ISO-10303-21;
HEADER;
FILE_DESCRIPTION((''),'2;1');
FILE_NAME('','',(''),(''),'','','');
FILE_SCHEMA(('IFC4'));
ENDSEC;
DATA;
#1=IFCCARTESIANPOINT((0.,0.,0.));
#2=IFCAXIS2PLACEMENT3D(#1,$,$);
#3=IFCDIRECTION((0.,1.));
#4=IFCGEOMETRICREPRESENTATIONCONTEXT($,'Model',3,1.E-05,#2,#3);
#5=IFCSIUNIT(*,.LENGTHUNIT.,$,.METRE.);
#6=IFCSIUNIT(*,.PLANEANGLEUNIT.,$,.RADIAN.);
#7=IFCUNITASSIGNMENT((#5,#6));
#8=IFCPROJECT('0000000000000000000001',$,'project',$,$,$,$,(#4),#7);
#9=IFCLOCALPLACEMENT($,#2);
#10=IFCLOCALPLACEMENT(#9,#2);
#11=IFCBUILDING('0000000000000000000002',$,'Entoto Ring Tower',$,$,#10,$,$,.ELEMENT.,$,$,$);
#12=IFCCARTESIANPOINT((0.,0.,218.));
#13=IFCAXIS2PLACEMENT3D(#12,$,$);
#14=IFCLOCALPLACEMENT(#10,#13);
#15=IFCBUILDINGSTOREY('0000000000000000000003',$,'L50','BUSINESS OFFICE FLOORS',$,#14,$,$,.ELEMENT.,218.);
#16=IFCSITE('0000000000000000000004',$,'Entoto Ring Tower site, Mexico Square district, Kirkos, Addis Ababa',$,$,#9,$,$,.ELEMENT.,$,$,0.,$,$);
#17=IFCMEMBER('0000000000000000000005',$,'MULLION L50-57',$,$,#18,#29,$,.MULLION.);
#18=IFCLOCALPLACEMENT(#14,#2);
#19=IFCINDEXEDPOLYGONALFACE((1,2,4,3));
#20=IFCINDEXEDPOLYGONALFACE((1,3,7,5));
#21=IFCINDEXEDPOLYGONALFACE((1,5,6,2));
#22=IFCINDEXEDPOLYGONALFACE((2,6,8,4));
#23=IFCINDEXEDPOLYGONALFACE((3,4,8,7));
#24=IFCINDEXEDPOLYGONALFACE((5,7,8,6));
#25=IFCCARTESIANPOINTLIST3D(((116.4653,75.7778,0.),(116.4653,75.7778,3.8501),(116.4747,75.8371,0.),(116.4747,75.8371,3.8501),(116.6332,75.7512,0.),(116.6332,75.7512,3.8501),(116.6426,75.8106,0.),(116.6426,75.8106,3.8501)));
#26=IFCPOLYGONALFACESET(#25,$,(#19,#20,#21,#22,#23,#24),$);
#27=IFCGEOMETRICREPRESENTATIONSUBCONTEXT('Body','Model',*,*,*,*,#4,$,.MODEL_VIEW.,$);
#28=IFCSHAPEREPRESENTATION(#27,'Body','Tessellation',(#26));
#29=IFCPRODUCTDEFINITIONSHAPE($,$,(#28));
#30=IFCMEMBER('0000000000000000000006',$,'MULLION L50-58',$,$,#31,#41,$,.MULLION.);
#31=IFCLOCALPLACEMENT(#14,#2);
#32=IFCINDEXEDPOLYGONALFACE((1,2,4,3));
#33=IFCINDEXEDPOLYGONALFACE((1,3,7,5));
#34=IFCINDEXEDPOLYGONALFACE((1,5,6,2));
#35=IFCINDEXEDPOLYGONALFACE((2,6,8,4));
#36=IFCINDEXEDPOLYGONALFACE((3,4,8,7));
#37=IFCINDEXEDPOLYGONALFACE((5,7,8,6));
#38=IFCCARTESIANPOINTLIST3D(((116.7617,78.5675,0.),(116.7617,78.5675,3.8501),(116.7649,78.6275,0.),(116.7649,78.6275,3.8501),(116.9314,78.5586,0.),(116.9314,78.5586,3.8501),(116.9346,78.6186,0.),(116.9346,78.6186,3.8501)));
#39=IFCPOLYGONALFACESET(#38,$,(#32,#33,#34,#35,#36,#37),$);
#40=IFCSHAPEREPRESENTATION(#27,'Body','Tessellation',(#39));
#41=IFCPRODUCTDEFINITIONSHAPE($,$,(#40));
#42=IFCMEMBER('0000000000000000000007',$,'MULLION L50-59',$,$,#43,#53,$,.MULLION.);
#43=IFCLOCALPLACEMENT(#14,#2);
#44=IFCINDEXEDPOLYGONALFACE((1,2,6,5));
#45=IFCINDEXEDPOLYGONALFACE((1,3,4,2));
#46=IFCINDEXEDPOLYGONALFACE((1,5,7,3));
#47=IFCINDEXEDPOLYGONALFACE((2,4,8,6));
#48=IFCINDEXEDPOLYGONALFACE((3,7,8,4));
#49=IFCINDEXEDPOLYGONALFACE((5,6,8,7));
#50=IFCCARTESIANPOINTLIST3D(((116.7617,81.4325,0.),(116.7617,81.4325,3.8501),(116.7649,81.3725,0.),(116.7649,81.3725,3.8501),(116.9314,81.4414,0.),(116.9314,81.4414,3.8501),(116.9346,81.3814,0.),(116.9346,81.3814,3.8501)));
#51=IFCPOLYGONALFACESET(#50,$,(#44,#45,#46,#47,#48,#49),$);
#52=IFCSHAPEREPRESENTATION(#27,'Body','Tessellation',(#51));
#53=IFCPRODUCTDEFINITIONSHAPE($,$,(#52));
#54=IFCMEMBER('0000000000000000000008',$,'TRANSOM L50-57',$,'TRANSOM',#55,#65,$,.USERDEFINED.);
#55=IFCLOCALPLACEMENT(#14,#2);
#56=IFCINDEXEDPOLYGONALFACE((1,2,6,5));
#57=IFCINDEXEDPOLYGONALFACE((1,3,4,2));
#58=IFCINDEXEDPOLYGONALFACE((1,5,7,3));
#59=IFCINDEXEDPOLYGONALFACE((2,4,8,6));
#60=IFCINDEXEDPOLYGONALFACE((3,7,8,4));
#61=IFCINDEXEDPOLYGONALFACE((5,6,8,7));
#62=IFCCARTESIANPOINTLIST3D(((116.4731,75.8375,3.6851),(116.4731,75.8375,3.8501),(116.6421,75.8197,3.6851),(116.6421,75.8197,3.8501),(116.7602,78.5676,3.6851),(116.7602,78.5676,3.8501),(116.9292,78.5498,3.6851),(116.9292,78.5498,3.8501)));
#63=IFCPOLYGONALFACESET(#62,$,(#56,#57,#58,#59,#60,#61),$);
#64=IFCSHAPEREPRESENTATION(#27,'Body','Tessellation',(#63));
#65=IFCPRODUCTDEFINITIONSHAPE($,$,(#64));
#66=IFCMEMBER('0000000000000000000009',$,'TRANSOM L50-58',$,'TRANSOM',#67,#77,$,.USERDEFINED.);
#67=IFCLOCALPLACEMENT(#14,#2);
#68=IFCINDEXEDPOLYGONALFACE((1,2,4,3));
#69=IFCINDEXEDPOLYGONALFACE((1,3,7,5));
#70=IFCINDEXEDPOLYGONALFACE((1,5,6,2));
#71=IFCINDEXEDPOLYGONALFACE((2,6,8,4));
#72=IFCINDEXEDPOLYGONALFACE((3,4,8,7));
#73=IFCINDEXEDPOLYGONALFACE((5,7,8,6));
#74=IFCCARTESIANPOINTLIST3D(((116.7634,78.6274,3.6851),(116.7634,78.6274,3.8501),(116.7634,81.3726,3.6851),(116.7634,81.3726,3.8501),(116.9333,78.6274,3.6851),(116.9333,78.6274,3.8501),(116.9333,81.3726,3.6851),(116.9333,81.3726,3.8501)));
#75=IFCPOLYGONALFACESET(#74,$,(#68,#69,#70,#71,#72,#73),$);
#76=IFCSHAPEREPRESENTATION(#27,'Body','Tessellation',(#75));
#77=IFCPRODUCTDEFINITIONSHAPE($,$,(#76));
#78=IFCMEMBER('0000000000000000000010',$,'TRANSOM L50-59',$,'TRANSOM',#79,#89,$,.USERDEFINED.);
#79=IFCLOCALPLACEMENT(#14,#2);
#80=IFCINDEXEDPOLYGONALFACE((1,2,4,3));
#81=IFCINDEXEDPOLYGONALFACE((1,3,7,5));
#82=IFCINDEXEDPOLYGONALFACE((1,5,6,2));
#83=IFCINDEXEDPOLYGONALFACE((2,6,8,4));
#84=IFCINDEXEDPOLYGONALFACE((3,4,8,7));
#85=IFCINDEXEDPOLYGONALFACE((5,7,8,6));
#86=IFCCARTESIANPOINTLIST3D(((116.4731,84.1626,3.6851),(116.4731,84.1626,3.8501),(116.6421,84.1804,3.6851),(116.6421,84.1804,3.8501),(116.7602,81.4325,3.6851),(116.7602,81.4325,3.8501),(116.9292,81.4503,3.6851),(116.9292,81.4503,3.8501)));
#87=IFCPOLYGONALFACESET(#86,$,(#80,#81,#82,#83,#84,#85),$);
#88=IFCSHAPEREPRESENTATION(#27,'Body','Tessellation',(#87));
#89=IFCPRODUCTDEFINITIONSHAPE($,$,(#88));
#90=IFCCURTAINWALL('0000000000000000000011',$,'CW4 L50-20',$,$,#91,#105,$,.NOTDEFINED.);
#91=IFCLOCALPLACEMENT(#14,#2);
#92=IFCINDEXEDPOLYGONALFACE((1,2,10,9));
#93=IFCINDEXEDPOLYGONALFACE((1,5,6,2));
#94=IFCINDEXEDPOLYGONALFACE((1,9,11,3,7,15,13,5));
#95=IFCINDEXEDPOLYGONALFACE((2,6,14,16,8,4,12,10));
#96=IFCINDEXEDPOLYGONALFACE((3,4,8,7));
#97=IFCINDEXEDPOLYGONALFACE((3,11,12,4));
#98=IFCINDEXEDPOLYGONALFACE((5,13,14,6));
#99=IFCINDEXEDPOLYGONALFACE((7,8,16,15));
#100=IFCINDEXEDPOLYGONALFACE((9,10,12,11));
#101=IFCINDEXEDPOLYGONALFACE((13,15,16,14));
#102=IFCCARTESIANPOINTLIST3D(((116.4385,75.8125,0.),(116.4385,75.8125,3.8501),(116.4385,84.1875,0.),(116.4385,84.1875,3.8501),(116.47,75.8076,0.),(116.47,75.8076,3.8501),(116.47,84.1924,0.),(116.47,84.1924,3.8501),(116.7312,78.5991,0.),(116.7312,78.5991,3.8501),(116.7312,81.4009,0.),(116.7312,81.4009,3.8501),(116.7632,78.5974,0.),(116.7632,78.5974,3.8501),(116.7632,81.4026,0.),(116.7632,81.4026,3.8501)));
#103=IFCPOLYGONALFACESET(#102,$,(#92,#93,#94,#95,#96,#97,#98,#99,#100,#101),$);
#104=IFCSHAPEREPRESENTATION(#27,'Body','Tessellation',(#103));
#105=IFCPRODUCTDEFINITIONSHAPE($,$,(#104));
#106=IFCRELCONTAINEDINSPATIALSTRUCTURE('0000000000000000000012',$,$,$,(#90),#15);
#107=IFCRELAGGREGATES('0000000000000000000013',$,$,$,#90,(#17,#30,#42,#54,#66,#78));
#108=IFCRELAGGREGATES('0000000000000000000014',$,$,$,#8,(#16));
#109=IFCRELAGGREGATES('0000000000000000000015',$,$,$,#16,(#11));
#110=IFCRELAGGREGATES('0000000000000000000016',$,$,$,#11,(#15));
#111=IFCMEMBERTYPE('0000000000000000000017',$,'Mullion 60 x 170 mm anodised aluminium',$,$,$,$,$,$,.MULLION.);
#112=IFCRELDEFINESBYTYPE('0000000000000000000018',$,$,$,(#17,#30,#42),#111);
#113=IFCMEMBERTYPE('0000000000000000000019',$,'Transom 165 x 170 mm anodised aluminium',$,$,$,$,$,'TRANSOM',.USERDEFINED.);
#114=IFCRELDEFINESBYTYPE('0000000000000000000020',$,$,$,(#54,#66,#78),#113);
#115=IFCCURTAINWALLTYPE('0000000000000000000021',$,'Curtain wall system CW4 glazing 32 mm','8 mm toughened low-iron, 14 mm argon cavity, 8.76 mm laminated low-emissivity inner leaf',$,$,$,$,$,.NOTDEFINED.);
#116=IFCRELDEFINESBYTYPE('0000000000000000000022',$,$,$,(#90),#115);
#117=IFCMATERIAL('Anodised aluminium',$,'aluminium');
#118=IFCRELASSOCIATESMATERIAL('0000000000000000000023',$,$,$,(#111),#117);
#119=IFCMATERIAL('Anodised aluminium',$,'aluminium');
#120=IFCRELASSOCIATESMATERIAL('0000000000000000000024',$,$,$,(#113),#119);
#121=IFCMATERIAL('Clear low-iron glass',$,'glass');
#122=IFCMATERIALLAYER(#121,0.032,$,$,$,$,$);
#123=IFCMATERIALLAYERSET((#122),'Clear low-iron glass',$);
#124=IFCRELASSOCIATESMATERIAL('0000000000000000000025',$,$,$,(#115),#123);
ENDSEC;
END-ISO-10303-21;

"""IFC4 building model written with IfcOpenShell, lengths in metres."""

from ifc_helpers import new_model, si_unit, direction, frame, origin, origin_2d, place, context, subcontext, project, spatial, polyline, rectangle, outline, extrude, material, layer, layer_set, material_profile, profile_set, type_object, element, aggregate, save


model = new_model("IFC4")

# Units and contexts
model_context = context("Model", 3, precision=1e-05, world=origin(), true_north=direction((0.0, 1.0)))
body_context = subcontext(model_context, "Body", "Model", "MODEL_VIEW")
ifc_project = project(units=[si_unit("LENGTHUNIT", "METRE"), si_unit("PLANEANGLEUNIT", "RADIAN")], contexts=[model_context])

# Members
ifc_material_1 = material(Name="Anodised aluminium", Category="aluminium")
ifc_material_profile_1 = material_profile(ifc_material_1, rectangle(XDim=0.0601, YDim=0.1699, at=origin_2d()), Name="Mullion 60 x 170 mm anodised aluminium")
ifc_profile_set_1 = profile_set([ifc_material_profile_1], Name="Anodised aluminium")
member_type_1 = type_object("IfcMemberType", Name="Mullion 60 x 170 mm anodised aluminium", PredefinedType="MULLION", material=ifc_profile_set_1)
site_placement = place(None, origin())
building_placement = place(site_placement, origin())
storey_placement = place(building_placement, frame((0.0, 0.0, 218.0)))
member_1_placement = place(storey_placement, frame((116.554, 75.7942, 0.0), z_axis=(0.0, 0.0, 1.0), x_axis=(0.156434, 0.987688, 0.0)))
member_1 = element("IfcMember", 1, at=member_1_placement, type_object=member_type_1, Name="MULLION L50-57", PredefinedType="MULLION", context=body_context, shape_type="SweptSolid", body=[
    extrude(rectangle(XDim=0.0601, YDim=0.1699, at=origin_2d()), origin(), (0.0, 0.0, 1.0), 3.8501),
])
member_2_placement = place(storey_placement, frame((116.8481, 78.593, 0.0), z_axis=(0.0, 0.0, 1.0), x_axis=(0.052336, 0.99863, 0.0)))
member_2 = element("IfcMember", 2, at=member_2_placement, type_object=member_type_1, Name="MULLION L50-58", PredefinedType="MULLION", context=body_context, shape_type="SweptSolid", body=[
    extrude(rectangle(XDim=0.0601, YDim=0.1699, at=origin_2d()), origin(), (0.0, 0.0, 1.0), 3.8501),
])
member_3_placement = place(storey_placement, frame((116.8481, 81.407, 0.0), z_axis=(0.0, 0.0, 1.0), x_axis=(-0.052336, 0.99863, 0.0)))
member_3 = element("IfcMember", 3, at=member_3_placement, type_object=member_type_1, Name="MULLION L50-59", PredefinedType="MULLION", context=body_context, shape_type="SweptSolid", body=[
    extrude(rectangle(XDim=0.0601, YDim=0.1699, at=origin_2d()), origin(), (0.0, 0.0, 1.0), 3.8501),
])
ifc_material_2 = material(Name="Anodised aluminium", Category="aluminium")
ifc_material_profile_2 = material_profile(ifc_material_2, rectangle(XDim=0.1699, YDim=0.165, at=origin_2d()), Name="Transom 165 x 170 mm anodised aluminium")
ifc_profile_set_2 = profile_set([ifc_material_profile_2], Name="Anodised aluminium")
member_type_2 = type_object("IfcMemberType", Name="Transom 165 x 170 mm anodised aluminium", ElementType="TRANSOM", PredefinedType="USERDEFINED", material=ifc_profile_set_2)
member_4_placement = place(storey_placement, frame((116.5576, 75.8286, 3.7676), z_axis=(0.104592, 0.994515, 0.0), x_axis=(-0.994515, 0.104592, 0.0)))
member_4 = element("IfcMember", 4, at=member_4_placement, type_object=member_type_2, Name="TRANSOM L50-57", ObjectType="TRANSOM", PredefinedType="USERDEFINED", context=body_context, shape_type="SweptSolid", body=[
    extrude(rectangle(XDim=0.1699, YDim=0.165, at=origin_2d()), origin(), (0.0, 0.0, 1.0), 2.7451),
])
member_5_placement = place(storey_placement, frame((116.8484, 78.6274, 3.7676), z_axis=(0.0, 1.0, 0.0), x_axis=(-1.0, 0.0, 0.0)))
member_5 = element("IfcMember", 5, at=member_5_placement, type_object=member_type_2, Name="TRANSOM L50-58", ObjectType="TRANSOM", PredefinedType="USERDEFINED", context=body_context, shape_type="SweptSolid", body=[
    extrude(rectangle(XDim=0.1699, YDim=0.165, at=origin_2d()), origin(), (0.0, 0.0, 1.0), 2.7451),
])
member_6_placement = place(storey_placement, frame((116.8447, 81.4414, 3.7676), z_axis=(-0.104592, 0.994515, 0.0), x_axis=(-0.994515, -0.104592, 0.0)))
member_6 = element("IfcMember", 6, at=member_6_placement, type_object=member_type_2, Name="TRANSOM L50-59", ObjectType="TRANSOM", PredefinedType="USERDEFINED", context=body_context, shape_type="SweptSolid", body=[
    extrude(rectangle(XDim=0.1699, YDim=0.165, at=origin_2d()), origin(), (0.0, 0.0, 1.0), 2.7451),
])

# Site, building, storey
site = spatial("IfcSite", under=ifc_project, at=site_placement, Name="Entoto Ring Tower site, Mexico Square district, Kirkos, Addis Ababa", CompositionType="ELEMENT", RefElevation=0.0)
building = spatial("IfcBuilding", under=site, at=building_placement, Name="Entoto Ring Tower", CompositionType="ELEMENT")
storey = spatial("IfcBuildingStorey", under=building, at=storey_placement, Name="L50", Description="BUSINESS OFFICE FLOORS", CompositionType="ELEMENT", Elevation=218.0)

# Curtain wall
ifc_material_3 = material(Name="Clear low-iron glass", Category="glass")
ifc_layer = layer(ifc_material_3, 0.032)
ifc_layer_set = layer_set([ifc_layer], Name="Clear low-iron glass")
curtain_wall_type = type_object("IfcCurtainWallType", Name="Curtain wall system CW4 glazing 32 mm", Description="8 mm toughened low-iron, 14 mm argon cavity, 8.76 mm laminated low-emissivity inner leaf", PredefinedType="NOTDEFINED", material=ifc_layer_set)
curtain_wall_1_placement = place(storey_placement, origin())
curtain_wall_1 = element("IfcCurtainWall", 7, at=curtain_wall_1_placement, inside=storey, type_object=curtain_wall_type, Name="CW4 L50-20", PredefinedType="NOTDEFINED", context=body_context, shape_type="SweptSolid", body=[
    extrude(outline(polyline([(116.47, 75.8076), (116.7632, 78.5974), (116.7632, 81.4026), (116.47, 84.1924), (116.4385, 84.1875), (116.7312, 81.4009), (116.7312, 78.5991), (116.4385, 75.8125), (116.47, 75.8076)])), origin(), (0.0, 0.0, 1.0), 3.8501),
])
aggregate(curtain_wall_1, [member_1, member_2, member_3, member_4, member_5, member_6])

save(model, "model.ifc")
